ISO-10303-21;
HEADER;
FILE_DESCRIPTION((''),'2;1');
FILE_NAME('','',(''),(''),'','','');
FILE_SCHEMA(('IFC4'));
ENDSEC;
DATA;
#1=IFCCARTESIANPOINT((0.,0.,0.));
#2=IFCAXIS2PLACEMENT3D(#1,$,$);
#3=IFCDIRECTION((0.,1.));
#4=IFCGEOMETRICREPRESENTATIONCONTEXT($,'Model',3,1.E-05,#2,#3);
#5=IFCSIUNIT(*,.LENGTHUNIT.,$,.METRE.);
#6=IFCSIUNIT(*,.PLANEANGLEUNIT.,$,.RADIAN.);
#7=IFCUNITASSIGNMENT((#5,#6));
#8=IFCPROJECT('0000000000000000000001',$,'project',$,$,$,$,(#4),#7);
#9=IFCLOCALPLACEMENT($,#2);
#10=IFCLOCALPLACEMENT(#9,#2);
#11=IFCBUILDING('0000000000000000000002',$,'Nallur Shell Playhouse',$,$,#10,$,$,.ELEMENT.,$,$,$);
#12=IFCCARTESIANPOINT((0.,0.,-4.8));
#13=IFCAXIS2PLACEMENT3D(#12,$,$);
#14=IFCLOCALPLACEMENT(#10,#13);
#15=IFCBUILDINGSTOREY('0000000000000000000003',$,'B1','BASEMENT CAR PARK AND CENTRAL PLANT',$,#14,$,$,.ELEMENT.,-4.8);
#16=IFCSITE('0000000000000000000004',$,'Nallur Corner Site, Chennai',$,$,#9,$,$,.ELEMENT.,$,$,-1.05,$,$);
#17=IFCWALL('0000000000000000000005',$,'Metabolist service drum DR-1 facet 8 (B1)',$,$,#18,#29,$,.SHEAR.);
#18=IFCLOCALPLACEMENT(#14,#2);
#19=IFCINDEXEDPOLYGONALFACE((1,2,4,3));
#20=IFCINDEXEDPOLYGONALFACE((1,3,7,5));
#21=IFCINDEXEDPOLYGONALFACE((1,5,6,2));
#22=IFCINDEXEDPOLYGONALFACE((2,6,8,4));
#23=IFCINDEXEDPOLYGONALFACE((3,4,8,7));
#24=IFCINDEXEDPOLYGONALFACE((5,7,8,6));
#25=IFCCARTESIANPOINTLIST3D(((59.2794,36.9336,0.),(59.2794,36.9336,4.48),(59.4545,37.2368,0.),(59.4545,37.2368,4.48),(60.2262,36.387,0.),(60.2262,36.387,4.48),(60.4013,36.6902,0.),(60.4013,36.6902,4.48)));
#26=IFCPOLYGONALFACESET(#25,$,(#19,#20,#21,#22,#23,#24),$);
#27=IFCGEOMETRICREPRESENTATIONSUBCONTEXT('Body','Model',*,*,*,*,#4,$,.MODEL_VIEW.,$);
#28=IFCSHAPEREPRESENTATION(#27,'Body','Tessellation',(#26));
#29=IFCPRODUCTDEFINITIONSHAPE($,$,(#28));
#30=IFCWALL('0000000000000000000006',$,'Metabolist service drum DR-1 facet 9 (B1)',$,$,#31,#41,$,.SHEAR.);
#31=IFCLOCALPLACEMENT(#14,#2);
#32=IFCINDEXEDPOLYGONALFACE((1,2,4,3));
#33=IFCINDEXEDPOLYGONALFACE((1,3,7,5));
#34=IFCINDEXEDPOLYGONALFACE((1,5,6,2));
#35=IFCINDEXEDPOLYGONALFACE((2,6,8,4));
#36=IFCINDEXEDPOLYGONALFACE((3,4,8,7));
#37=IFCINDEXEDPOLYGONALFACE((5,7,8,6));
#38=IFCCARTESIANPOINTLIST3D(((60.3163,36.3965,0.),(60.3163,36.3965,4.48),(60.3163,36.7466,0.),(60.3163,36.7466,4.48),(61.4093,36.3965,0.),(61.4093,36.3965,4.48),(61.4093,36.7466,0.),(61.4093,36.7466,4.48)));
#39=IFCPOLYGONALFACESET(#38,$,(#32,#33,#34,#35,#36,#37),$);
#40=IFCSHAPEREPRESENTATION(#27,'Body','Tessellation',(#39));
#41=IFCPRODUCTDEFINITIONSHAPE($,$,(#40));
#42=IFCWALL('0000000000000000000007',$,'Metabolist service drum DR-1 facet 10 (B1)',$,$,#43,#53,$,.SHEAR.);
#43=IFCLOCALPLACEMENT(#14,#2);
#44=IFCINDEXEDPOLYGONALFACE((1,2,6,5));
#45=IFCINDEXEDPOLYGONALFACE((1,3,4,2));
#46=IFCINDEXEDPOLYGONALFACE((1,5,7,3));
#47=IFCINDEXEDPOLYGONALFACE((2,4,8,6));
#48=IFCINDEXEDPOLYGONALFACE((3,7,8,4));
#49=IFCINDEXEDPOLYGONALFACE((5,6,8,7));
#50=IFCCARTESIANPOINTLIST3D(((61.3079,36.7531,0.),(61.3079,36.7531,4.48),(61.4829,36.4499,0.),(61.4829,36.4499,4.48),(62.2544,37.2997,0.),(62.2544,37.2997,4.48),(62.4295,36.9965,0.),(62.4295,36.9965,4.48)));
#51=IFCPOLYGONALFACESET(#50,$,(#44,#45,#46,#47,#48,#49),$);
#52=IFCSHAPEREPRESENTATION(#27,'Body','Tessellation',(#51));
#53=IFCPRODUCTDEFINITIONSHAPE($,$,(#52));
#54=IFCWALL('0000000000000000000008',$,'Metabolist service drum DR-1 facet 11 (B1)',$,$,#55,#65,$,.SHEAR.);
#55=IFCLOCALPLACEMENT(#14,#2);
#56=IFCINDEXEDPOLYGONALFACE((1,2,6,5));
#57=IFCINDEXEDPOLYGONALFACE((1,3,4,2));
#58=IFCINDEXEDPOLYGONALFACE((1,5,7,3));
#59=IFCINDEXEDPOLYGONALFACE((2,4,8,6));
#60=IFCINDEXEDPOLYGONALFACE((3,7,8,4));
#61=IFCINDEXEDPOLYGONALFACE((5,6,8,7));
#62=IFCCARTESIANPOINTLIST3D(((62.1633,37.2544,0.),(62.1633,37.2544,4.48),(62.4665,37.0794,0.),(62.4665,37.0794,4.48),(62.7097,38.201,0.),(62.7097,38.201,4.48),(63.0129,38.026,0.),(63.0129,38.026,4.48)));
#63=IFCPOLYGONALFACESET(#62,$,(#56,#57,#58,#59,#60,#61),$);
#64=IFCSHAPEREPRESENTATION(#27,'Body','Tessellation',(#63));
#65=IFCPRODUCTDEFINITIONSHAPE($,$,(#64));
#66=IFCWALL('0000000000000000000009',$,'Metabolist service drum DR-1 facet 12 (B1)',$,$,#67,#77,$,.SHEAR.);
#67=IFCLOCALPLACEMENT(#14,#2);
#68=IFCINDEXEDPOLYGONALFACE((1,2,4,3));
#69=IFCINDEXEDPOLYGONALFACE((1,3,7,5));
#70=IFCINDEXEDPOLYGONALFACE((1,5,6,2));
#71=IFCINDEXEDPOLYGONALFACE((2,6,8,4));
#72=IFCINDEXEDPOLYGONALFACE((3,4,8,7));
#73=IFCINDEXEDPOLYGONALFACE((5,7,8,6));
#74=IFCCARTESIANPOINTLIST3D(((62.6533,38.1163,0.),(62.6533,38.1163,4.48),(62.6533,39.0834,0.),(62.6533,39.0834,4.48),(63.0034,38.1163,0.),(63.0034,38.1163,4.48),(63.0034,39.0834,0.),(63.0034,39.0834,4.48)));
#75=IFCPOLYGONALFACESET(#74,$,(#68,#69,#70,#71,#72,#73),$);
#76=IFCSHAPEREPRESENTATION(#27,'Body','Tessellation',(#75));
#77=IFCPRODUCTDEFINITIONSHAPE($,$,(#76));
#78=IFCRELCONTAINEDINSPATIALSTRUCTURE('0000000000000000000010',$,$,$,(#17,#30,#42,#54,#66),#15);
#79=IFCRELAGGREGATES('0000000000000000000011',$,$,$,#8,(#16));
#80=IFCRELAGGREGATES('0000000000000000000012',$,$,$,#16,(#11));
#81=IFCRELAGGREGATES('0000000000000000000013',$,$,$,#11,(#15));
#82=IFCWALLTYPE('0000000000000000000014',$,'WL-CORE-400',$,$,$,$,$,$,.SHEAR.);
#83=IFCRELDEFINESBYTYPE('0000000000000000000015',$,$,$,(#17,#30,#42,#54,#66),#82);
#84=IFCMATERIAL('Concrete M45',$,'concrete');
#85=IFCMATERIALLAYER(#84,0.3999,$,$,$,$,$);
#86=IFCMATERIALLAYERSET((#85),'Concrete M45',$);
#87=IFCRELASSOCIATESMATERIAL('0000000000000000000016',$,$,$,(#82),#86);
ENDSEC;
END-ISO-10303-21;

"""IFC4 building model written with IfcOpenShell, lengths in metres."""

from ifc_helpers import new_model, si_unit, direction, frame, frame_2d, origin, place, context, subcontext, project, spatial, rectangle, extrude, material, layer, layer_set, type_object, element, save


model = new_model("IFC4")

# Units and contexts
model_context = context("Model", 3, precision=1e-05, world=origin(), true_north=direction((0.0, 1.0)))
body_context = subcontext(model_context, "Body", "Model", "MODEL_VIEW")
ifc_project = project(units=[si_unit("LENGTHUNIT", "METRE"), si_unit("PLANEANGLEUNIT", "RADIAN")], contexts=[model_context])

# Site, building, storey
site_placement = place(None, origin())
site = spatial("IfcSite", under=ifc_project, at=site_placement, Name="Nallur Corner Site, Chennai", CompositionType="ELEMENT", RefElevation=-1.05)
building_placement = place(site_placement, origin())
building = spatial("IfcBuilding", under=site, at=building_placement, Name="Nallur Shell Playhouse", CompositionType="ELEMENT")
storey_placement = place(building_placement, frame((0.0, 0.0, -4.8)))
storey = spatial("IfcBuildingStorey", under=building, at=storey_placement, Name="B1", Description="BASEMENT CAR PARK AND CENTRAL PLANT", CompositionType="ELEMENT", Elevation=-4.8)

# Shared definitions
ifc_material_1 = material(Name="Concrete M45", Category="concrete")

# Walls
ifc_layer = layer(ifc_material_1, 0.3999)
ifc_layer_set = layer_set([ifc_layer], Name="Concrete M45")
wall_type = type_object("IfcWallType", Name="WL-CORE-400", PredefinedType="SHEAR", material=ifc_layer_set)
wall_1_placement = place(storey_placement, frame((59.3669, 37.0852, 0.0), z_axis=(0.0, 0.0, 1.0), x_axis=(0.866022, -0.500006, 0.0)))
element("IfcWall", 1, at=wall_1_placement, inside=storey, type_object=wall_type, Name="Metabolist service drum DR-1 facet 8 (B1)", PredefinedType="SHEAR", context=body_context, shape_type="SweptSolid", body=[
    extrude(rectangle(XDim=1.0933, YDim=0.3501, at=frame_2d((0.5466, 0.0))), origin(), (0.0, 0.0, 1.0), 4.48),
])
for number, where, z_axis, x_axis, name in (
    (2, (60.3164, 36.5715, 0.0), (0.0, 0.0, 1.0), (1.0, 0.0, 0.0), "Metabolist service drum DR-1 facet 9 (B1)"),
    (3, (61.3955, 36.6016, 0.0), (0.0, 0.0, 1.0), (0.865966, 0.500103, 0.0), "Metabolist service drum DR-1 facet 10 (B1)"),
    (4, (62.3149, 37.167, 0.0), (0.0, 0.0, 1.0), (0.499935, 0.866063, 0.0), "Metabolist service drum DR-1 facet 11 (B1)"),
):
    element("IfcWall", number, at=place(storey_placement, frame(where, z_axis=z_axis, x_axis=x_axis)), inside=storey, type_object=wall_type, Name=name, PredefinedType="SHEAR", context=body_context, shape_type="SweptSolid", body=[
        extrude(rectangle(XDim=1.093, YDim=0.3501, at=frame_2d((0.5464, 0.0))), origin(), (0.0, 0.0, 1.0), 4.48),
    ])
wall_2_placement = place(storey_placement, frame((62.8284, 38.1165, 0.0), z_axis=(0.0, 0.0, 1.0), x_axis=(0.0, 1.0, 0.0)))
element("IfcWall", 5, at=wall_2_placement, inside=storey, type_object=wall_type, Name="Metabolist service drum DR-1 facet 12 (B1)", PredefinedType="SHEAR", context=body_context, shape_type="SweptSolid", body=[
    extrude(rectangle(XDim=0.967, YDim=0.3501, at=frame_2d((0.4834, 0.0))), origin(), (0.0, 0.0, 1.0), 4.48),
])

save(model, "model.ifc")
